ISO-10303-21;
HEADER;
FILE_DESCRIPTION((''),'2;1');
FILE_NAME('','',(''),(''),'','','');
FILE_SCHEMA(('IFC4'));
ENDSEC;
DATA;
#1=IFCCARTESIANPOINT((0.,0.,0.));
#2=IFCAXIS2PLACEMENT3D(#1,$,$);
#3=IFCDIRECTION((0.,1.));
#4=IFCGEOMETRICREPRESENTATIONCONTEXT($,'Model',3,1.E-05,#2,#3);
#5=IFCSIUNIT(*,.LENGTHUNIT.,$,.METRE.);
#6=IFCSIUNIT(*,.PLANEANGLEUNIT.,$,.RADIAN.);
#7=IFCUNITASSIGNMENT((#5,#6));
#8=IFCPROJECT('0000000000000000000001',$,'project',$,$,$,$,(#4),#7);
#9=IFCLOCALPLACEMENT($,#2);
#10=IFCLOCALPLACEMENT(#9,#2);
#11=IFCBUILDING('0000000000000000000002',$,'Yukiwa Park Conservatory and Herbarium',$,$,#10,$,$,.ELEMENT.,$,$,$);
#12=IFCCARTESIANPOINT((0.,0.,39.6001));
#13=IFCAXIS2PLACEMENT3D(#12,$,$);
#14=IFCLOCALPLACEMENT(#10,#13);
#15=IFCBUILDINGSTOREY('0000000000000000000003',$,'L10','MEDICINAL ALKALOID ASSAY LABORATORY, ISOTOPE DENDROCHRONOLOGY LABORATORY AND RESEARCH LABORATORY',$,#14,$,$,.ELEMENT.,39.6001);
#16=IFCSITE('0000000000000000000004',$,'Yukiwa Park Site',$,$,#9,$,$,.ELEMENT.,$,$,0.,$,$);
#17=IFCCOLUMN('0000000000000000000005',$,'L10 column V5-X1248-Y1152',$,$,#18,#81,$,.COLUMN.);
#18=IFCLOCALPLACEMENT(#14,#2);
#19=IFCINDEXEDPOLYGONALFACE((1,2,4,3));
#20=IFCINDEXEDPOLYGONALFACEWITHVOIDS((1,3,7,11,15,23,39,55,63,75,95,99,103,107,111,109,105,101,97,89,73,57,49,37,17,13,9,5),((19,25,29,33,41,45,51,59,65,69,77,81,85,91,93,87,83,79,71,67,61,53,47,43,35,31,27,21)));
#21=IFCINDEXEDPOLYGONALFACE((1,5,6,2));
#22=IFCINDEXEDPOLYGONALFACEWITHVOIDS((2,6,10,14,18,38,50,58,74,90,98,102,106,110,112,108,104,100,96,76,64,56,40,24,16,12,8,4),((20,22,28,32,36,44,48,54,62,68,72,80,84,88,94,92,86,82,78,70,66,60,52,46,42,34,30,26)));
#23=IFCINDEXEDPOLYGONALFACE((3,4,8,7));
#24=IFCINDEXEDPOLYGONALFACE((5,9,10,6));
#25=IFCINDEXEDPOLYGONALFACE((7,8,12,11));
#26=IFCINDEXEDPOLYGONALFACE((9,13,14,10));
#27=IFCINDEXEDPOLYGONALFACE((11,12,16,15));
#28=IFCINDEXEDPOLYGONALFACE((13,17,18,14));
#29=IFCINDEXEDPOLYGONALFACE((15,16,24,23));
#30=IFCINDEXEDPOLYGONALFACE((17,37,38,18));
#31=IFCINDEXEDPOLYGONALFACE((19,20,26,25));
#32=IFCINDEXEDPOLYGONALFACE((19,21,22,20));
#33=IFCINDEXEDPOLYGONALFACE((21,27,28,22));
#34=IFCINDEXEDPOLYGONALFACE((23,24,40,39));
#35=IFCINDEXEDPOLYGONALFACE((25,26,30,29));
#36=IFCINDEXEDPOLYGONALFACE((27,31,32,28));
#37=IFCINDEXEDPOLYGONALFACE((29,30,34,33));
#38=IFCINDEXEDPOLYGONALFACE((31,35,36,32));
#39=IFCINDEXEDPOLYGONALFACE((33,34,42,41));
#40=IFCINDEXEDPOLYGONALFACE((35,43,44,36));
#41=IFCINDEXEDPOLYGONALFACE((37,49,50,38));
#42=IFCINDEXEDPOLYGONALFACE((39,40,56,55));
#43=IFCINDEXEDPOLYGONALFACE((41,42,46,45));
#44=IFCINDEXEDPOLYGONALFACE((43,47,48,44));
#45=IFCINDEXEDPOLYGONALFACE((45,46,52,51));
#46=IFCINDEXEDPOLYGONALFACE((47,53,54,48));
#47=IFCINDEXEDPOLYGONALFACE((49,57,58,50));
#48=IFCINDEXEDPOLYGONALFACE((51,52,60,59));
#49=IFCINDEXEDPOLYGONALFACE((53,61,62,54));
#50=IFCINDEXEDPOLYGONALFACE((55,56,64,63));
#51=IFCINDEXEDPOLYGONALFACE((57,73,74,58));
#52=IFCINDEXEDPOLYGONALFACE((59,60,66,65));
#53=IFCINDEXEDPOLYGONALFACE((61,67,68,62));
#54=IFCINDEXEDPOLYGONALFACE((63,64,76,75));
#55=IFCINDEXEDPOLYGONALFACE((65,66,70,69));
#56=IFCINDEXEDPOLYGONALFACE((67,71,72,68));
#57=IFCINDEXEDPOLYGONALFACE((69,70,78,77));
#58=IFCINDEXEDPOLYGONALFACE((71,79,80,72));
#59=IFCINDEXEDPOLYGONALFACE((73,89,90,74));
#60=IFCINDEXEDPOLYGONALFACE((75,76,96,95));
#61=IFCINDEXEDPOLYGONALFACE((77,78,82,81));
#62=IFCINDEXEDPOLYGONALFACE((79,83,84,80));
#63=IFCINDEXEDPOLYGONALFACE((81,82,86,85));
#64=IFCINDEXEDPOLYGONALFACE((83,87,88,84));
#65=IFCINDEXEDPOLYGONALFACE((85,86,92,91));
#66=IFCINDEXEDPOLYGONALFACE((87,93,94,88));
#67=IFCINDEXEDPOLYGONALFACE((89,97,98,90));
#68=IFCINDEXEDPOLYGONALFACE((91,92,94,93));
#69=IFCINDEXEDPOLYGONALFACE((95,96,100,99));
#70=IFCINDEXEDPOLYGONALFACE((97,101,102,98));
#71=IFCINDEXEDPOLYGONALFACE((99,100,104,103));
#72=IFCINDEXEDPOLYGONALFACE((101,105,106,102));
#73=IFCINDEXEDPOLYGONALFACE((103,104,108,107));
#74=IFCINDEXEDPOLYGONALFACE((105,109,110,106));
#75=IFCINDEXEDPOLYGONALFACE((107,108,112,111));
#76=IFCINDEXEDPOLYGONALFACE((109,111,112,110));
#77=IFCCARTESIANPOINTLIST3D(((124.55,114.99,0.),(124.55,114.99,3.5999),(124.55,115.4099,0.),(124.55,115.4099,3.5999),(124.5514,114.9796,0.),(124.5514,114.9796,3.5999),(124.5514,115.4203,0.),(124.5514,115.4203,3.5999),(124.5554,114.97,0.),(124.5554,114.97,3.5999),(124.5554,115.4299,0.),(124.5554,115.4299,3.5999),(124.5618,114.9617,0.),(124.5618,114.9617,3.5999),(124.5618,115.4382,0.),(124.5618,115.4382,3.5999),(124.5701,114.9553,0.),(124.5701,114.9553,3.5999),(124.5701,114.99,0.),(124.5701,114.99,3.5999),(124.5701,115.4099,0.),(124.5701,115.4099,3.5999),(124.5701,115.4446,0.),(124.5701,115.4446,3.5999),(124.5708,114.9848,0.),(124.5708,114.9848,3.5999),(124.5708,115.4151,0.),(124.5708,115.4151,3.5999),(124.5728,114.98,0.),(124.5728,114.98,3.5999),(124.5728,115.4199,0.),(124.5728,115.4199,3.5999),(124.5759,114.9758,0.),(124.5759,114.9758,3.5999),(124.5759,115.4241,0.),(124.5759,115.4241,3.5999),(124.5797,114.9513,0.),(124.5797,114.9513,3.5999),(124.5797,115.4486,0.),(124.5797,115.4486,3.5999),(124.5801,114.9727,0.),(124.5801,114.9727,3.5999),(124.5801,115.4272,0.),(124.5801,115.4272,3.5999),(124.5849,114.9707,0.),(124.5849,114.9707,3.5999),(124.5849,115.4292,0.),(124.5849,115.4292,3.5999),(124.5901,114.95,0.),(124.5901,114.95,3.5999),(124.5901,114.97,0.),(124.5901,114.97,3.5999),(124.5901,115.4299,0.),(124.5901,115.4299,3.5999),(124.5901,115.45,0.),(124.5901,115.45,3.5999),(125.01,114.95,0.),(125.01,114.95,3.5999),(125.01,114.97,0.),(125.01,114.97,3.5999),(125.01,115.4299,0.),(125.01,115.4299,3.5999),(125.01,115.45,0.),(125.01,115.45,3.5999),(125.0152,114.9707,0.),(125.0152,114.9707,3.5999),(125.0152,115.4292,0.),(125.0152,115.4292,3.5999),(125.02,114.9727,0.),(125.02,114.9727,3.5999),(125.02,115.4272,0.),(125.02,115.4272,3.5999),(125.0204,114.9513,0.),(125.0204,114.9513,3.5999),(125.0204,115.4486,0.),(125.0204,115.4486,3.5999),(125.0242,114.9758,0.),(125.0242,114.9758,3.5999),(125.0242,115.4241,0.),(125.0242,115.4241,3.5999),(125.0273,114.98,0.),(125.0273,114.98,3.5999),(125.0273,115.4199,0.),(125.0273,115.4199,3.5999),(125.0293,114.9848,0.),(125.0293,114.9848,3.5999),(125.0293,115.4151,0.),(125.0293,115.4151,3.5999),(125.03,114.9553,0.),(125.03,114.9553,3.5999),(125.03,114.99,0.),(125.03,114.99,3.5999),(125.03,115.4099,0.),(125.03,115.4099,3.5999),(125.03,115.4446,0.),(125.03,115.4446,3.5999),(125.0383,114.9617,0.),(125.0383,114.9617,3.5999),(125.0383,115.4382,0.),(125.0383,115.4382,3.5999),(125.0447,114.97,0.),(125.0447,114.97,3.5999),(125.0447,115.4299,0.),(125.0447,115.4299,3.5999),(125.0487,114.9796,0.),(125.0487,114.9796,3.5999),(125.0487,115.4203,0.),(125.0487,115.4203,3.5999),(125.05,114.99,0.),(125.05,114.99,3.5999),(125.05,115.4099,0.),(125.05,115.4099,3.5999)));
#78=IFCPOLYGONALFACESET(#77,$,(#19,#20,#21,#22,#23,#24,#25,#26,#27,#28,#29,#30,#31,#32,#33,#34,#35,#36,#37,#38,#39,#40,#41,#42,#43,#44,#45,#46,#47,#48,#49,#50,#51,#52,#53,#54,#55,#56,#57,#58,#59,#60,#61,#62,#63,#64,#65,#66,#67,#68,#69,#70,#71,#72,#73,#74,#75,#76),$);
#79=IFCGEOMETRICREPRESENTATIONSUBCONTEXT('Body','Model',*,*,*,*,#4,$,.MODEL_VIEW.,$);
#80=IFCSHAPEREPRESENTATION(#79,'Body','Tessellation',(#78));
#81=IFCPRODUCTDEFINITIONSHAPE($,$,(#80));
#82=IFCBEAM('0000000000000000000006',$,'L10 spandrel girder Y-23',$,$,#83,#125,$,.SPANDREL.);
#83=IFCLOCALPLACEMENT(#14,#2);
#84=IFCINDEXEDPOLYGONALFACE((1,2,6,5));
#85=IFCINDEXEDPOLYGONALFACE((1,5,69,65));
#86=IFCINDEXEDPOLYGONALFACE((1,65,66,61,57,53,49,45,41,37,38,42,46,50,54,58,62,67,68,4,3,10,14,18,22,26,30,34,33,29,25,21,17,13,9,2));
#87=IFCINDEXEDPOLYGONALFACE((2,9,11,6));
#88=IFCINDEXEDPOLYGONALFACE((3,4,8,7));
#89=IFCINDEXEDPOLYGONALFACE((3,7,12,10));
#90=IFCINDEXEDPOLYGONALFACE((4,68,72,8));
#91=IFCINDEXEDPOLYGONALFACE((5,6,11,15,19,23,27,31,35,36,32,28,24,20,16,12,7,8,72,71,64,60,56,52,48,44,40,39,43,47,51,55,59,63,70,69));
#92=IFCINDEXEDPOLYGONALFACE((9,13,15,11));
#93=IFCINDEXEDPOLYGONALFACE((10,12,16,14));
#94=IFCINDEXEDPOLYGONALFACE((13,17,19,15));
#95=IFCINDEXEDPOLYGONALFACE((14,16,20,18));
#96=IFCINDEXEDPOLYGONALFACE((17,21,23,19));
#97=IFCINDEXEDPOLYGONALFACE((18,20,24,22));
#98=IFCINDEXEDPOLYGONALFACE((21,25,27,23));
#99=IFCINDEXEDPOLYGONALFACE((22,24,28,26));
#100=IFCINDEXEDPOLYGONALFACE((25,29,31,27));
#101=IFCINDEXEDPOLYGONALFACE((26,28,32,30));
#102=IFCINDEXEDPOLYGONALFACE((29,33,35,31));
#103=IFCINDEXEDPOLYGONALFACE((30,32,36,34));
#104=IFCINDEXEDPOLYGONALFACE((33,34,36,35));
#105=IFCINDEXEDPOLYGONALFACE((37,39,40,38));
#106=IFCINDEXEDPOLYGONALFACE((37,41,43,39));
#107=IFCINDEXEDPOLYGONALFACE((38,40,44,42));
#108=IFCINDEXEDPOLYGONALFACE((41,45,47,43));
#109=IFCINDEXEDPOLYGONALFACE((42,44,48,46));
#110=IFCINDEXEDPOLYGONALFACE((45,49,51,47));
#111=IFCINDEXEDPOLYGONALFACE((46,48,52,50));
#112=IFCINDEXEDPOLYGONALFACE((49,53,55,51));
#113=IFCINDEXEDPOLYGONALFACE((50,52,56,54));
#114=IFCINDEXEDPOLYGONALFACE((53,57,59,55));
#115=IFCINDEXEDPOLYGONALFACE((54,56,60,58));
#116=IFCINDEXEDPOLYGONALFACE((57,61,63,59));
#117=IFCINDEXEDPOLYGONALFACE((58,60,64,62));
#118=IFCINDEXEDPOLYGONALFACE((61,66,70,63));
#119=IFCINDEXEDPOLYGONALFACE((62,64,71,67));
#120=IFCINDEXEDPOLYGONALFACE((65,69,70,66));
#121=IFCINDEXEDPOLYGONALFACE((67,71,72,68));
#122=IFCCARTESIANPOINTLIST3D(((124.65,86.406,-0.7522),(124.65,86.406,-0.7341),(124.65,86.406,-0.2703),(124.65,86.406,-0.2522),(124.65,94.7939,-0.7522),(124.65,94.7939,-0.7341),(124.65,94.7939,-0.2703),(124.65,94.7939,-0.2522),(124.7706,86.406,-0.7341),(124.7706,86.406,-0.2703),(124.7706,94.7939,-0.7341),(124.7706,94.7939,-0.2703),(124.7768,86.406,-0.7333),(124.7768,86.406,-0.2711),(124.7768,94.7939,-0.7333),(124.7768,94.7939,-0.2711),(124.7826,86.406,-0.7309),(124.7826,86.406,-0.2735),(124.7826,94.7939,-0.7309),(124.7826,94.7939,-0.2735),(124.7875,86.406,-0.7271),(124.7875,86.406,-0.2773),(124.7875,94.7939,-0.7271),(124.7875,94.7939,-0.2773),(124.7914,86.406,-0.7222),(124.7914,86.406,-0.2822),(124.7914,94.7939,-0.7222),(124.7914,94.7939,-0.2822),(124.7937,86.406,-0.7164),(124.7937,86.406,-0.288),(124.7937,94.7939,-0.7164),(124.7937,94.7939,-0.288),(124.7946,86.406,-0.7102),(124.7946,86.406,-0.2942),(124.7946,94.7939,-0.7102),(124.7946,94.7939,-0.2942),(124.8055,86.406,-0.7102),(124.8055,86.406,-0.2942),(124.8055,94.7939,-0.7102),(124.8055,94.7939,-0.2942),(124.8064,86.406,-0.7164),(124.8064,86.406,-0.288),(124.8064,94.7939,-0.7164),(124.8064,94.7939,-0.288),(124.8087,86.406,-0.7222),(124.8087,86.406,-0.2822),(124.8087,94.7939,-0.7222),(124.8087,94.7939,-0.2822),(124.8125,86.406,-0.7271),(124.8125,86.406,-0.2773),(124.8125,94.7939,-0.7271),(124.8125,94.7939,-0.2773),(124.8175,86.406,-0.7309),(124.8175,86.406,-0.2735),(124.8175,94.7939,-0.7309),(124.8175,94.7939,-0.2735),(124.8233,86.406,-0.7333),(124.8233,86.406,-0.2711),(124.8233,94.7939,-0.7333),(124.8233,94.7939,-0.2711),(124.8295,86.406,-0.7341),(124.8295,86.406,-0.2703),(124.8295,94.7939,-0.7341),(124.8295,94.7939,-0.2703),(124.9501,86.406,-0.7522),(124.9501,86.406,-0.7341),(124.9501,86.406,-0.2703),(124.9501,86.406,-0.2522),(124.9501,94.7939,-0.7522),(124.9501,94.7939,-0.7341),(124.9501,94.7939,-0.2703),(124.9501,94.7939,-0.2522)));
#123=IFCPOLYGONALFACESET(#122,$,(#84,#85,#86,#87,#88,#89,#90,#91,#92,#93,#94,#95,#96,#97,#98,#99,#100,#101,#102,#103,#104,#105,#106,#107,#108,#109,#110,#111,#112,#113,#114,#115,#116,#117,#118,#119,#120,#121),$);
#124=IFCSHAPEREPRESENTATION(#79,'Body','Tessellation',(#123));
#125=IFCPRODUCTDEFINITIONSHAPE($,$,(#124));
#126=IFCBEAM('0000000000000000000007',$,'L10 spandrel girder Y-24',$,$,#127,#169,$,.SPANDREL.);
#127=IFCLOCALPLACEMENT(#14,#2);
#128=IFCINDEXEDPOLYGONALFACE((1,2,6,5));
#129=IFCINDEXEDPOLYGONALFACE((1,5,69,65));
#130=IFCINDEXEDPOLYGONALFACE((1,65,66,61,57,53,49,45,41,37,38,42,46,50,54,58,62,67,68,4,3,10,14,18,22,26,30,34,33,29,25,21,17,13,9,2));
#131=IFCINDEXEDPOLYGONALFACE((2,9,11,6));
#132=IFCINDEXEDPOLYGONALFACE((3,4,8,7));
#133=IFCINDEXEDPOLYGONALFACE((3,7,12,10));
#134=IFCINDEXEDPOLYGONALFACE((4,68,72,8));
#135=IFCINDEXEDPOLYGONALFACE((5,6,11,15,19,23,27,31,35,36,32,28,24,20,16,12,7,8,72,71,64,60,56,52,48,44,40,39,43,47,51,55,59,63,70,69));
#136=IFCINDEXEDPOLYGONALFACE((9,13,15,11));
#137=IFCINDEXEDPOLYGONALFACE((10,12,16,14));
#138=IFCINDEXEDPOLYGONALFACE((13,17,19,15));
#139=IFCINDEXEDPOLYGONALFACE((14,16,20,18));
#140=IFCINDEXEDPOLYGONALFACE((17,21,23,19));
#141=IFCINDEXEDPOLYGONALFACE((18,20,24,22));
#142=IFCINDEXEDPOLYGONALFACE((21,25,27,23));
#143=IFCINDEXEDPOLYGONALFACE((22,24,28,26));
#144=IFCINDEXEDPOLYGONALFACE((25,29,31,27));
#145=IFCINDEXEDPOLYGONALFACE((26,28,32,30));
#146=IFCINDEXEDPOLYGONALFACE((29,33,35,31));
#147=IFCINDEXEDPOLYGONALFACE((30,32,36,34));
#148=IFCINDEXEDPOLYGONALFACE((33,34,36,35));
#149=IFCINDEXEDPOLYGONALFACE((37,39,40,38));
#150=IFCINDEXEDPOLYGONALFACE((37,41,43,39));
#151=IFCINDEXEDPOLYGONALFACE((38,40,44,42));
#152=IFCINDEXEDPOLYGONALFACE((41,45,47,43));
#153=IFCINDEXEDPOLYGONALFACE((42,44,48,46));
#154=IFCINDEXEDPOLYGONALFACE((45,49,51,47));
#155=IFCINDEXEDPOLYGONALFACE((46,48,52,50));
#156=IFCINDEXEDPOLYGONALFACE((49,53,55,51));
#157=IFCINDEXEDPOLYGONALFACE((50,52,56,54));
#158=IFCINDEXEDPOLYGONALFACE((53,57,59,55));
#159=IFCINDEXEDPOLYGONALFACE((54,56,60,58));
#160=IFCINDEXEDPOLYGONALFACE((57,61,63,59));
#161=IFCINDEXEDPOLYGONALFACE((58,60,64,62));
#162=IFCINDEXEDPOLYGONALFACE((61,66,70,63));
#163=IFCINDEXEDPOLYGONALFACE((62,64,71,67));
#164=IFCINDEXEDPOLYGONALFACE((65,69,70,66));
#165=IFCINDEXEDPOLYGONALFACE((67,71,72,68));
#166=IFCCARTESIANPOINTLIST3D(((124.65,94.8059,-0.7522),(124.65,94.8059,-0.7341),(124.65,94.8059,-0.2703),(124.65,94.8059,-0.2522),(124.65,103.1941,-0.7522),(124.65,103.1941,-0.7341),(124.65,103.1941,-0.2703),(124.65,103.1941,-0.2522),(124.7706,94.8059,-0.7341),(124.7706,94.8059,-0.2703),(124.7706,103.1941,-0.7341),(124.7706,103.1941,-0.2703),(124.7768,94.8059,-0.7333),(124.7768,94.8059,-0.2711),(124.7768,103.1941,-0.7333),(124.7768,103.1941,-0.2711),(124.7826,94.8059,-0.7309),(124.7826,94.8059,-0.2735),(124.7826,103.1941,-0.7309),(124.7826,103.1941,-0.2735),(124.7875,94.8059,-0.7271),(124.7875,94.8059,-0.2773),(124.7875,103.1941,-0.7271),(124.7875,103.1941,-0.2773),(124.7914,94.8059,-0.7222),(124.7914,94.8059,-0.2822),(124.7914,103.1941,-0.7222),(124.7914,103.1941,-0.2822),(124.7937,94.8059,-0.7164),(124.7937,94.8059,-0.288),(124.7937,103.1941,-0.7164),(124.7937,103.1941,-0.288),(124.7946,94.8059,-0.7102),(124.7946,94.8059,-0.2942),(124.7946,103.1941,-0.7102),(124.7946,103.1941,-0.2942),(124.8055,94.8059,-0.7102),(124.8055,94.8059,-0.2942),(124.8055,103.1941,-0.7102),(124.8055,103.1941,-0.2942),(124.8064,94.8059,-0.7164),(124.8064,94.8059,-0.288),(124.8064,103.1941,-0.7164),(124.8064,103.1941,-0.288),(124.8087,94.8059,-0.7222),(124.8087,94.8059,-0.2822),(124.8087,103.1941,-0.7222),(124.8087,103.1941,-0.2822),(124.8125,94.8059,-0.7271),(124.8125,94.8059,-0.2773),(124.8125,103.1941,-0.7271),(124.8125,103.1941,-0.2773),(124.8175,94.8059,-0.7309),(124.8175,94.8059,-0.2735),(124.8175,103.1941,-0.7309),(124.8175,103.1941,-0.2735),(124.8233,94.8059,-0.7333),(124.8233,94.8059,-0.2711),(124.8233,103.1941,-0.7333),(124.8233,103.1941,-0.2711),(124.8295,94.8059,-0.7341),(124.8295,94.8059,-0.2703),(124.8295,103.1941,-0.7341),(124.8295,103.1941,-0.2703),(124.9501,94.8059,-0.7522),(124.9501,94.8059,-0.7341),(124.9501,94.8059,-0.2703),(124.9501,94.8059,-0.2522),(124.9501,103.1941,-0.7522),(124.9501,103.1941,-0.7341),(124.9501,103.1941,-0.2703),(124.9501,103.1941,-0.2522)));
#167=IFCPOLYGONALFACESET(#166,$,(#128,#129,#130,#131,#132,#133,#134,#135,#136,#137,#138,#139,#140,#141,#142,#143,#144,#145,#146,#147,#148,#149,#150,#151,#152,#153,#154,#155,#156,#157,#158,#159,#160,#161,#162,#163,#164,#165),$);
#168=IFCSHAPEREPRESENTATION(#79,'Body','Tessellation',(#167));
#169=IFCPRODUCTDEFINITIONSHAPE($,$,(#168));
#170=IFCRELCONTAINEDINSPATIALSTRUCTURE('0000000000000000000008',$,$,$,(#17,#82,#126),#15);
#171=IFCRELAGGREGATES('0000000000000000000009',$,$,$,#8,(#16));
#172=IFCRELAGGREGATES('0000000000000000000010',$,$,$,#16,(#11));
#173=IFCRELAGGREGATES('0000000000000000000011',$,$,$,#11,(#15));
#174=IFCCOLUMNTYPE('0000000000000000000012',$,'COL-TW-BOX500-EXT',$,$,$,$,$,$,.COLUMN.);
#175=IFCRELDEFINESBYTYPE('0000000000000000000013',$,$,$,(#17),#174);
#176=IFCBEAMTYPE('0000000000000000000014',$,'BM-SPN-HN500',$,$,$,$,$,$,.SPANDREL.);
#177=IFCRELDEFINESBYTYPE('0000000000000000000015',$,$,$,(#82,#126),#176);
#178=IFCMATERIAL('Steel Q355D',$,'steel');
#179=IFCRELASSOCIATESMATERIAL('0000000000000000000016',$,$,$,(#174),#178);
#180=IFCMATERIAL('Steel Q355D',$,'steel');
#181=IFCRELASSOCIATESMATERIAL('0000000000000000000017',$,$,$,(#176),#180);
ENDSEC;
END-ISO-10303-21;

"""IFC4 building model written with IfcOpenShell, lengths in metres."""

from ifc_helpers import new_model, si_unit, direction, frame, origin, origin_2d, place, context, subcontext, project, spatial, hollow_rectangle, i_section, extrude, material, material_profile, profile_set, type_object, element, save


model = new_model("IFC4")

# Units and contexts
model_context = context("Model", 3, precision=1e-05, world=origin(), true_north=direction((0.0, 1.0)))
body_context = subcontext(model_context, "Body", "Model", "MODEL_VIEW")
ifc_project = project(units=[si_unit("LENGTHUNIT", "METRE"), si_unit("PLANEANGLEUNIT", "RADIAN")], contexts=[model_context])

# Site, building, storey
site_placement = place(None, origin())
site = spatial("IfcSite", under=ifc_project, at=site_placement, Name="Yukiwa Park Site", CompositionType="ELEMENT", RefElevation=0.0)
building_placement = place(site_placement, origin())
building = spatial("IfcBuilding", under=site, at=building_placement, Name="Yukiwa Park Conservatory and Herbarium", CompositionType="ELEMENT")
storey_placement = place(building_placement, frame((0.0, 0.0, 39.6001)))
storey = spatial("IfcBuildingStorey", under=building, at=storey_placement, Name="L10", Description="MEDICINAL ALKALOID ASSAY LABORATORY, ISOTOPE DENDROCHRONOLOGY LABORATORY AND RESEARCH LABORATORY", CompositionType="ELEMENT", Elevation=39.6001)

# Column
ifc_material_1 = material(Name="Steel Q355D", Category="steel")
ifc_material_profile_1 = material_profile(ifc_material_1, hollow_rectangle(XDim=0.5, YDim=0.5, WallThickness=0.02, InnerFilletRadius=0.02, OuterFilletRadius=0.04, at=origin_2d()), Name="BOX 500x500x20")
ifc_profile_set_1 = profile_set([ifc_material_profile_1], Name="Steel Q355D")
column_type = type_object("IfcColumnType", Name="COL-TW-BOX500-EXT", PredefinedType="COLUMN", material=ifc_profile_set_1)
for number, where, z_axis, x_axis, name in (
    (1, (124.8, 115.2, 0.0), (0.0, 0.0, 1.0), (1.0, 0.0, 0.0), "L10 column V5-X1248-Y1152"),
):
    element("IfcColumn", number, at=place(storey_placement, frame(where, z_axis=z_axis, x_axis=x_axis)), inside=storey, type_object=column_type, Name=name, PredefinedType="COLUMN", context=body_context, shape_type="SweptSolid", body=[
        extrude(hollow_rectangle(XDim=0.5, YDim=0.5, WallThickness=0.02, InnerFilletRadius=0.02, OuterFilletRadius=0.04, at=origin_2d()), origin(), (0.0, 0.0, 1.0), 3.5999),
    ])

# Beams
ifc_material_2 = material(Name="Steel Q355D", Category="steel")
ifc_material_profile_2 = material_profile(ifc_material_2, i_section(OverallWidth=0.3, OverallDepth=0.5, WebThickness=0.011, FlangeThickness=0.0181, FilletRadius=0.0239, at=origin_2d()), Name="HM 500x300x11x18")
ifc_profile_set_2 = profile_set([ifc_material_profile_2], Name="Steel Q355D")
beam_type_1 = type_object("IfcBeamType", Name="BM-SPN-HN500", PredefinedType="SPANDREL", material=ifc_profile_set_2)
beam_1_placement = place(storey_placement, frame((124.8, 86.406, -0.5022), z_axis=(0.0, 1.0, 0.0), x_axis=(-1.0, 0.0, 0.0)))
element("IfcBeam", 2, at=beam_1_placement, inside=storey, type_object=beam_type_1, Name="L10 spandrel girder Y-23", PredefinedType="SPANDREL", context=body_context, shape_type="SweptSolid", body=[
    extrude(i_section(OverallWidth=0.3, OverallDepth=0.5, WebThickness=0.011, FlangeThickness=0.0181, FilletRadius=0.0239, at=origin_2d()), origin(), (0.0, 0.0, 1.0), 8.3879),
])
beam_2_placement = place(storey_placement, frame((124.8, 94.8059, -0.5022), z_axis=(0.0, 1.0, 0.0), x_axis=(-1.0, 0.0, 0.0)))
element("IfcBeam", 3, at=beam_2_placement, inside=storey, type_object=beam_type_1, Name="L10 spandrel girder Y-24", PredefinedType="SPANDREL", context=body_context, shape_type="SweptSolid", body=[
    extrude(i_section(OverallWidth=0.3, OverallDepth=0.5, WebThickness=0.011, FlangeThickness=0.0181, FilletRadius=0.0239, at=origin_2d()), origin(), (0.0, 0.0, 1.0), 8.3882),
])

save(model, "model.ifc")
